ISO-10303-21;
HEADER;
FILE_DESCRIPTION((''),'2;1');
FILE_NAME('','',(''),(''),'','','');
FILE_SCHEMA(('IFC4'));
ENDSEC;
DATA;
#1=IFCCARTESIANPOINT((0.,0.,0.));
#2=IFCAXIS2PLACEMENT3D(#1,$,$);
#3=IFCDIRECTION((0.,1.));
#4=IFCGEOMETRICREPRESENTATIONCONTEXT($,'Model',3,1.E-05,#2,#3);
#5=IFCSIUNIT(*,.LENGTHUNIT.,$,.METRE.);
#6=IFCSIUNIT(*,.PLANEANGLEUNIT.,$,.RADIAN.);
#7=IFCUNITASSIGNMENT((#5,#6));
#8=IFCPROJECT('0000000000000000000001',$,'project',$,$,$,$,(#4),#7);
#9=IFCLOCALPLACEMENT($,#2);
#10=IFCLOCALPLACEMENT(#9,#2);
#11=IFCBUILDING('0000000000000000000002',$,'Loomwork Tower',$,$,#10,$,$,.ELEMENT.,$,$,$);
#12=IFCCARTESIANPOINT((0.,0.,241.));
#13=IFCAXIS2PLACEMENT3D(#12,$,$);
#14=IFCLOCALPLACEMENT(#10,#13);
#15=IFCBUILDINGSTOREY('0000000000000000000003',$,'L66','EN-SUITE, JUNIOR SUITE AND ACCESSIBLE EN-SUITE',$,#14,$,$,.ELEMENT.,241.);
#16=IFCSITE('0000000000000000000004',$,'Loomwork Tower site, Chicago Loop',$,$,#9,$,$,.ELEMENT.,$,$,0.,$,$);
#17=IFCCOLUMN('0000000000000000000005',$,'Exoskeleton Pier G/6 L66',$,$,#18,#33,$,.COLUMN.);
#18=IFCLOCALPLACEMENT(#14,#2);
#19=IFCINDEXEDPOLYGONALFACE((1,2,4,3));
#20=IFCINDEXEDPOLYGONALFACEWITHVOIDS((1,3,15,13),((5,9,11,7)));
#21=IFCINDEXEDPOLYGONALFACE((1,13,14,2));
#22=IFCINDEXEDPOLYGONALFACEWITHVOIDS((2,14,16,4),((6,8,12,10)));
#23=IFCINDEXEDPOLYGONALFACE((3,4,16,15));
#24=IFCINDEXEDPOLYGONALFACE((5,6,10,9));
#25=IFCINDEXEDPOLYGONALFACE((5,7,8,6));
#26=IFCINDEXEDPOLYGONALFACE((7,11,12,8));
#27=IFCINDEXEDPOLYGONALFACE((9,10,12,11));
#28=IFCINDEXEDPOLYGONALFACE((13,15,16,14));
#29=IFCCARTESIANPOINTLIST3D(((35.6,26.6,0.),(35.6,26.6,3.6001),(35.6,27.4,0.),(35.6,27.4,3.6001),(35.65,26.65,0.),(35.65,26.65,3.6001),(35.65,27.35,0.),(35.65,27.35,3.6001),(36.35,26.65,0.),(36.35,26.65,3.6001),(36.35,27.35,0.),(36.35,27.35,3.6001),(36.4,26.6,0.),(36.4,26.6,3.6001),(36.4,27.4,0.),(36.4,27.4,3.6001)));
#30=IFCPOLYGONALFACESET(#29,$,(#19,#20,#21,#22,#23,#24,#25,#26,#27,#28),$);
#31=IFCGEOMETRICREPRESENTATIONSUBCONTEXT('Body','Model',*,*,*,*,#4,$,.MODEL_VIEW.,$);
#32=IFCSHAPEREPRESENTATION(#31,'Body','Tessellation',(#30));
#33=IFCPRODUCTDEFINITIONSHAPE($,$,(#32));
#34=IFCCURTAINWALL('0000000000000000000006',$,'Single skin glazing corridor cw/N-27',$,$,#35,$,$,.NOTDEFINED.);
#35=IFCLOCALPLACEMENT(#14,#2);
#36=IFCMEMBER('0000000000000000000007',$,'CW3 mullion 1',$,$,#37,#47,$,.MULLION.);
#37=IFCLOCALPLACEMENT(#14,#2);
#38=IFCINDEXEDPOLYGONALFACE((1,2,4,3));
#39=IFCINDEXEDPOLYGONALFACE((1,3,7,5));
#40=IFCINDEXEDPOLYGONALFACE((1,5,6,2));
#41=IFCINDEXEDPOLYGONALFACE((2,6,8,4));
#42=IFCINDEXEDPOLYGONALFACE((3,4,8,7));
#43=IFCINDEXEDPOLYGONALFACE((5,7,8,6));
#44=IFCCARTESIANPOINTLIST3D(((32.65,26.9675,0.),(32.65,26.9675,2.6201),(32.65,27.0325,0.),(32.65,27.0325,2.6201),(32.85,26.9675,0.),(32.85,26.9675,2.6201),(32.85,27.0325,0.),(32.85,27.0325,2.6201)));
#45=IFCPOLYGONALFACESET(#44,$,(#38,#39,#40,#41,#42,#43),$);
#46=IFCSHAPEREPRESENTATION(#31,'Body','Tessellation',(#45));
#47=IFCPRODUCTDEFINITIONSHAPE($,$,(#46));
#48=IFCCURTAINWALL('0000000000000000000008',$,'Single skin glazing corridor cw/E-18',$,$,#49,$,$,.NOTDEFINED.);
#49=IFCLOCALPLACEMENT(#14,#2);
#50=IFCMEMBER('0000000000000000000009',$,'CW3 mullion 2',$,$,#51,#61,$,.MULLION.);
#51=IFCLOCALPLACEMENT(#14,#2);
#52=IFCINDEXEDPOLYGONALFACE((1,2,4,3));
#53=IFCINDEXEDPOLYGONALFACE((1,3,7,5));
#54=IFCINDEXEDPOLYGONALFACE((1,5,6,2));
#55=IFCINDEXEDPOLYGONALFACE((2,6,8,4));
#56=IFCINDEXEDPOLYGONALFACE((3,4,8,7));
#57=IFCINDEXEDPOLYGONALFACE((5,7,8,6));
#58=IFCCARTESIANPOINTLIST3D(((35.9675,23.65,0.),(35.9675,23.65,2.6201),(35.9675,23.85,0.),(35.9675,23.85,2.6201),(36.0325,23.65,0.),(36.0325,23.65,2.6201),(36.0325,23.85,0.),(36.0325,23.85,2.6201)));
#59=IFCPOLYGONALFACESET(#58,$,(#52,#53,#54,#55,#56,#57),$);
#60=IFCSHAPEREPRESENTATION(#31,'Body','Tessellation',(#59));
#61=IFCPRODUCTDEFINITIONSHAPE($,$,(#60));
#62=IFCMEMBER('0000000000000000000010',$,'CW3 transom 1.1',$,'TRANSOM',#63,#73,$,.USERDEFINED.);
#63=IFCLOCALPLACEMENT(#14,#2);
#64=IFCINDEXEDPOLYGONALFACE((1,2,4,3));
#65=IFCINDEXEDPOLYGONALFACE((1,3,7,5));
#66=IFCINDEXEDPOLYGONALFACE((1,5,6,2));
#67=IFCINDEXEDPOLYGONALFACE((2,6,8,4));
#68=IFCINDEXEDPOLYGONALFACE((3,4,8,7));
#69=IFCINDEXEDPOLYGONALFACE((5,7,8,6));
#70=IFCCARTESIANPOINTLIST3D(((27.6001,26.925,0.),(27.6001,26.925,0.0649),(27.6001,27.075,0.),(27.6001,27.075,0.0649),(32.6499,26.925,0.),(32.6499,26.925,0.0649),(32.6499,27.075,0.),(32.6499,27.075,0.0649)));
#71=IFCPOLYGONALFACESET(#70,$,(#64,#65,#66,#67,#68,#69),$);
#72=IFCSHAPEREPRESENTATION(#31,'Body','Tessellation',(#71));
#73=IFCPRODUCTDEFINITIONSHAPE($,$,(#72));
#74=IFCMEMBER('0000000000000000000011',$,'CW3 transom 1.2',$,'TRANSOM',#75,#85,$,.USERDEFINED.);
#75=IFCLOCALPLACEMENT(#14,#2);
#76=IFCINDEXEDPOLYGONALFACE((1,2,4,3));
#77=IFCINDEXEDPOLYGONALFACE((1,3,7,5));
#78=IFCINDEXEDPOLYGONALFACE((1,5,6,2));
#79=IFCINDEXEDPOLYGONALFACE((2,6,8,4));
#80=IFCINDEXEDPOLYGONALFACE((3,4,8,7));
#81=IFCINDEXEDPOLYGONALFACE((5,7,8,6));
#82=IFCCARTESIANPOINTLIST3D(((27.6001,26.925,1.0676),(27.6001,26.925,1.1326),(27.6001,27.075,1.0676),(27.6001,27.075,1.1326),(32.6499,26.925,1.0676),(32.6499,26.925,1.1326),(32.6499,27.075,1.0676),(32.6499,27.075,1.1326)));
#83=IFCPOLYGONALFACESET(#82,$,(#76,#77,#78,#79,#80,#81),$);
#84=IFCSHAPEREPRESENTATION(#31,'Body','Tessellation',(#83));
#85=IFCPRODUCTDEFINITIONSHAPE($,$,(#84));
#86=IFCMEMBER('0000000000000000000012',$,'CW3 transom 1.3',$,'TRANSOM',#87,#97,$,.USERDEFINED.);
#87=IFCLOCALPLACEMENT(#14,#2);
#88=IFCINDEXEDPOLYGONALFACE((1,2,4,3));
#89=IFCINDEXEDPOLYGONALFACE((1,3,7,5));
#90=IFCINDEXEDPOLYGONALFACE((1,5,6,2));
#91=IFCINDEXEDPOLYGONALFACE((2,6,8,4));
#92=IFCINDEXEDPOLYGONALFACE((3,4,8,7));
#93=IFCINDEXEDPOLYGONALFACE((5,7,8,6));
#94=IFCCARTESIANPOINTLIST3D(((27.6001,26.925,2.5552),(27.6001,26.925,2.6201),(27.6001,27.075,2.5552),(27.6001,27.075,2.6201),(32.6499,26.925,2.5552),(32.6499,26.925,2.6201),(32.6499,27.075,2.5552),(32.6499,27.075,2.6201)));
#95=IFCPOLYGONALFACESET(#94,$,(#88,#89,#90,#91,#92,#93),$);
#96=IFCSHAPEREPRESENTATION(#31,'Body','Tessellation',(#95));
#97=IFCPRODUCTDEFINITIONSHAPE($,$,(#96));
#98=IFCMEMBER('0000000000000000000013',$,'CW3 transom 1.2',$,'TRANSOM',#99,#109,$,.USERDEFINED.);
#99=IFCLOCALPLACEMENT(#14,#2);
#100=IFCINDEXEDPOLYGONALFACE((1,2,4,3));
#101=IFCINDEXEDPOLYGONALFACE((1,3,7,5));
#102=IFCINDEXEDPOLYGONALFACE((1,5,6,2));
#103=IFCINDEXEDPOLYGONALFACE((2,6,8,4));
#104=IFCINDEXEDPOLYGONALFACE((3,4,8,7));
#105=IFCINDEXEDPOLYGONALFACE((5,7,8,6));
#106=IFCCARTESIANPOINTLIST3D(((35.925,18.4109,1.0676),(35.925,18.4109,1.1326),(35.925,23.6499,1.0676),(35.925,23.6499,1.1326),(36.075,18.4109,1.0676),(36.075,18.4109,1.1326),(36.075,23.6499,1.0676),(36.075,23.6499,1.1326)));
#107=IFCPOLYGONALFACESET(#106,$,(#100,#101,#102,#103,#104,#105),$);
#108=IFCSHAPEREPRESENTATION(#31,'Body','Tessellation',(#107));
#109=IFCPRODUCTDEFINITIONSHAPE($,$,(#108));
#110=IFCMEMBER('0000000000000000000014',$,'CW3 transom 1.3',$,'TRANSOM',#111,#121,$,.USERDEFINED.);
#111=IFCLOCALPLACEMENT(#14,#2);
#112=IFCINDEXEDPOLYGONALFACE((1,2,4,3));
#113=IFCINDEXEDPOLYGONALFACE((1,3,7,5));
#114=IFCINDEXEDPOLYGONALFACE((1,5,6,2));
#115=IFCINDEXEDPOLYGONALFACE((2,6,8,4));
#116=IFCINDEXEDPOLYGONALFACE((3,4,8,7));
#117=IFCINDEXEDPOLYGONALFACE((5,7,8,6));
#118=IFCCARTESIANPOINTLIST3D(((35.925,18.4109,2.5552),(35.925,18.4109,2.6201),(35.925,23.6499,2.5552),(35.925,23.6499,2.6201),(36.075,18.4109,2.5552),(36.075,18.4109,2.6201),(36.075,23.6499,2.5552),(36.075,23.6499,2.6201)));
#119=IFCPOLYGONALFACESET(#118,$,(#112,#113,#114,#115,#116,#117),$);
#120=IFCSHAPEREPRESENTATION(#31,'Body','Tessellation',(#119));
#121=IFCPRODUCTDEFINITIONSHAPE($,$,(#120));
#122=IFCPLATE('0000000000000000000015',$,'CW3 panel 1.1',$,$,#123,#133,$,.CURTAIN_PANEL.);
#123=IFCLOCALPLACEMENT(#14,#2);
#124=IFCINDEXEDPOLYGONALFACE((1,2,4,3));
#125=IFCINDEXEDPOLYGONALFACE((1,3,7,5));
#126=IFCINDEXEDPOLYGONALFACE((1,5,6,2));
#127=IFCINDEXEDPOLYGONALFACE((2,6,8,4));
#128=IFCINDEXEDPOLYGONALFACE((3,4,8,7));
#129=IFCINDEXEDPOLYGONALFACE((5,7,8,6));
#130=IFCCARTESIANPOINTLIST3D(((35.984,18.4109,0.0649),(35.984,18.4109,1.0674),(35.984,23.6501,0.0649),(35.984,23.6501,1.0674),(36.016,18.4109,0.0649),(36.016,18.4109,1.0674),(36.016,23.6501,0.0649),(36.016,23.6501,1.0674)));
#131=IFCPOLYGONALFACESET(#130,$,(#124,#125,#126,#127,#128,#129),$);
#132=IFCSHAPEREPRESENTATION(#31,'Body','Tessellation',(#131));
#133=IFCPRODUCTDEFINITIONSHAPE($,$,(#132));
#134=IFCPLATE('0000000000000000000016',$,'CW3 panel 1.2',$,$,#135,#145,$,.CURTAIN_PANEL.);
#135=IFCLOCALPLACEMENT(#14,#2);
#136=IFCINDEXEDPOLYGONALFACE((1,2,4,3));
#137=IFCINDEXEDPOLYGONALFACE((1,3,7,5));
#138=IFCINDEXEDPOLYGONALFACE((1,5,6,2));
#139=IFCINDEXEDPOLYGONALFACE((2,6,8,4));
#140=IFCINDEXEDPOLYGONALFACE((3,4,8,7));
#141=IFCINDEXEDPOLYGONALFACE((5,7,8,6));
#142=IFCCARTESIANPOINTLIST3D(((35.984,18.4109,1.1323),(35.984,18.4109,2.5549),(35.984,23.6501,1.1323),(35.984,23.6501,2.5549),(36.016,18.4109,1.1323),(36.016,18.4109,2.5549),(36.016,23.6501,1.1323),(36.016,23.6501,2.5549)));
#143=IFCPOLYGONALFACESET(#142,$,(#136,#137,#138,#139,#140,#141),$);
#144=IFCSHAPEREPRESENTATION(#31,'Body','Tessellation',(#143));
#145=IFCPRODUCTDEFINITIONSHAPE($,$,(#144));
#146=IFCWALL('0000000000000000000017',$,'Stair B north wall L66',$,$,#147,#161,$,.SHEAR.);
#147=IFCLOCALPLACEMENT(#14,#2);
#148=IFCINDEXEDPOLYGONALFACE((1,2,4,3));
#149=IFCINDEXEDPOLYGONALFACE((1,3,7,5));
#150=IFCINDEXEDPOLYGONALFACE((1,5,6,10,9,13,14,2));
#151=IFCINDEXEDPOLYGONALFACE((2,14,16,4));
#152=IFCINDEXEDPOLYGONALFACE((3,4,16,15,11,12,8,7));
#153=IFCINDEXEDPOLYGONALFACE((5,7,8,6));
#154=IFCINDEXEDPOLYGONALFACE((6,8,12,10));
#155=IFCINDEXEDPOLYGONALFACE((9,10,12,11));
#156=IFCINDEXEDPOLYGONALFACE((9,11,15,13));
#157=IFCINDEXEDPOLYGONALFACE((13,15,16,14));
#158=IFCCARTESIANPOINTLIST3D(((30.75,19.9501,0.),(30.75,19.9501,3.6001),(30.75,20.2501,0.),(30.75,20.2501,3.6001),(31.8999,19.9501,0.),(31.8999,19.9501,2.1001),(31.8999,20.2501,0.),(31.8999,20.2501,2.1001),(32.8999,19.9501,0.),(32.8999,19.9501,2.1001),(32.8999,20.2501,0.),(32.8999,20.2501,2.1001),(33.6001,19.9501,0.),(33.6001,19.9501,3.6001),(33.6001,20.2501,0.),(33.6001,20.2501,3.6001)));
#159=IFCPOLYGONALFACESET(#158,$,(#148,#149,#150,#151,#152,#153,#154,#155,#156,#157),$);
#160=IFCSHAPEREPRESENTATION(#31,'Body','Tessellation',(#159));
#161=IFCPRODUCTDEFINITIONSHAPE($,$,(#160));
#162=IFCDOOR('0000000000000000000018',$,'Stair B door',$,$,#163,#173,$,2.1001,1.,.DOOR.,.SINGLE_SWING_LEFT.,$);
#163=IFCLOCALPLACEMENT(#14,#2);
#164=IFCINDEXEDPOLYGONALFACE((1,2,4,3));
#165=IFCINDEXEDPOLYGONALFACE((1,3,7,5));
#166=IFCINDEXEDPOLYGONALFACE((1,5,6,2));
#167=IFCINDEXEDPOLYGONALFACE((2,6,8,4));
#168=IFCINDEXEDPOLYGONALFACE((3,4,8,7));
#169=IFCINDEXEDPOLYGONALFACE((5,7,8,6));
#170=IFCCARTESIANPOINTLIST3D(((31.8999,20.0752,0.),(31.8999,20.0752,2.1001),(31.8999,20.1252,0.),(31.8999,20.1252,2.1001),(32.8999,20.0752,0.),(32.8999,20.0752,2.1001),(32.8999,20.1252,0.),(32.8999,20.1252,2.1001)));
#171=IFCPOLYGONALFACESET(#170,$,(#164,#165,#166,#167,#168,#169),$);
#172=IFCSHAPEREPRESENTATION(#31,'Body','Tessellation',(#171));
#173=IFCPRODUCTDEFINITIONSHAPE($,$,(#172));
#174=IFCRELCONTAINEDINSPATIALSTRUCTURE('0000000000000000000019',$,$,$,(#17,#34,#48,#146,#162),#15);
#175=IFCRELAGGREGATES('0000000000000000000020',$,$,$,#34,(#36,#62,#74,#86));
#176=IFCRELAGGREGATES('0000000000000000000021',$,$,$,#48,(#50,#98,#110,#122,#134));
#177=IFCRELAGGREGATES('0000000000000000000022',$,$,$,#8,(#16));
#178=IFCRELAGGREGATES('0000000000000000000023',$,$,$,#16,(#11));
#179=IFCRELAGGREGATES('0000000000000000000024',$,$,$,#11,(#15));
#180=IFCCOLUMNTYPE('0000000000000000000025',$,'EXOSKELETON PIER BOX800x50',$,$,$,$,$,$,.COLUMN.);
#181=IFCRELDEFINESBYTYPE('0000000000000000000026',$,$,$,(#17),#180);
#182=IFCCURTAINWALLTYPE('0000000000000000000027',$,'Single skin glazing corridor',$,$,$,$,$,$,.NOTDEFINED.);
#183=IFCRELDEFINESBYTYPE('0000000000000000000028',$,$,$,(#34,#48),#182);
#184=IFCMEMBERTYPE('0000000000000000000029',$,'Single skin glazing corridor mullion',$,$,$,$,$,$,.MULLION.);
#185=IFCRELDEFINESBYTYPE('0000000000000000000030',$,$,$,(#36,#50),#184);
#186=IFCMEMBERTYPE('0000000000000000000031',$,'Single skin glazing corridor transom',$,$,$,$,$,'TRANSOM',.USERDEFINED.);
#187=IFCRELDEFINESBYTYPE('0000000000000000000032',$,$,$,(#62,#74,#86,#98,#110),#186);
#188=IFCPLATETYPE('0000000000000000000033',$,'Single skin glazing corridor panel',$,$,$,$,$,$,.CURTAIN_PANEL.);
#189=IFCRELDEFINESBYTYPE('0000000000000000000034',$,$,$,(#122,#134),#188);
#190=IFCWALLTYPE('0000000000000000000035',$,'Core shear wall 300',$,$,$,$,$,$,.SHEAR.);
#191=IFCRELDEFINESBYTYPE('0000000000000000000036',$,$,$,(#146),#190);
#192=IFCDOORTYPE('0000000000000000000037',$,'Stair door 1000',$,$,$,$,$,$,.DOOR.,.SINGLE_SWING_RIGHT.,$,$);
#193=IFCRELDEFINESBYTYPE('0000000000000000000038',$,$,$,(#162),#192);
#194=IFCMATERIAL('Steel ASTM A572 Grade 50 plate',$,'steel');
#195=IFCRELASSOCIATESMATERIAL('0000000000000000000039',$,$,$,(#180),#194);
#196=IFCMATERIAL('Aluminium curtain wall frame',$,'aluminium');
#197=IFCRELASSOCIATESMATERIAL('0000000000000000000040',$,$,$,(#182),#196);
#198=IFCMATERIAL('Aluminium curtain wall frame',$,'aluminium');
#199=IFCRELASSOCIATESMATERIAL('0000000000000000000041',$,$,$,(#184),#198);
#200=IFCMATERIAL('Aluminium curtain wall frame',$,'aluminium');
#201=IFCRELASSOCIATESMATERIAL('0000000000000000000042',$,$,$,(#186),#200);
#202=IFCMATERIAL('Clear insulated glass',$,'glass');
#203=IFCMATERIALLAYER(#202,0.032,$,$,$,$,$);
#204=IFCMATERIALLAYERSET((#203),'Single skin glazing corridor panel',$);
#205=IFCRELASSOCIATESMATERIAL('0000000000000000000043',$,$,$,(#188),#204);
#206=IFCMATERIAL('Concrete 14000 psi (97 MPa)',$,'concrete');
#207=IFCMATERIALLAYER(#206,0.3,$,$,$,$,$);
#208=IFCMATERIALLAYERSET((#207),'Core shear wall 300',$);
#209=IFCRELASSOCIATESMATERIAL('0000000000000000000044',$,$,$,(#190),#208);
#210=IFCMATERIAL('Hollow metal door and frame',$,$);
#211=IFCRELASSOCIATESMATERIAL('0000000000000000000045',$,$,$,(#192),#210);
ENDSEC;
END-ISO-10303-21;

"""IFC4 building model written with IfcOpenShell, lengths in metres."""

from ifc_helpers import new_model, si_unit, direction, frame, frame_2d, origin, origin_2d, place, context, subcontext, project, spatial, rectangle, hollow_rectangle, extrude, material, layer, layer_set, material_profile, profile_set, type_object, element, fill, aggregate, save


model = new_model("IFC4")

# Units and contexts
model_context = context("Model", 3, precision=1e-05, world=origin(), true_north=direction((0.0, 1.0)))
body_context = subcontext(model_context, "Body", "Model", "MODEL_VIEW")
ifc_project = project(units=[si_unit("LENGTHUNIT", "METRE"), si_unit("PLANEANGLEUNIT", "RADIAN")], contexts=[model_context])

# Site, building, storey
site_placement = place(None, origin())
site = spatial("IfcSite", under=ifc_project, at=site_placement, Name="Loomwork Tower site, Chicago Loop", CompositionType="ELEMENT", RefElevation=0.0)
building_placement = place(site_placement, origin())
building = spatial("IfcBuilding", under=site, at=building_placement, Name="Loomwork Tower", CompositionType="ELEMENT")
storey_placement = place(building_placement, frame((0.0, 0.0, 241.0)))
storey = spatial("IfcBuildingStorey", under=building, at=storey_placement, Name="L66", Description="EN-SUITE, JUNIOR SUITE AND ACCESSIBLE EN-SUITE", CompositionType="ELEMENT", Elevation=241.0)

# Column
ifc_material_1 = material(Name="Steel ASTM A572 Grade 50 plate", Category="steel")
ifc_material_profile_1 = material_profile(ifc_material_1, hollow_rectangle(XDim=0.8, YDim=0.8, WallThickness=0.05, at=origin_2d()), Name="BOX800x50")
ifc_profile_set_1 = profile_set([ifc_material_profile_1], Name="Steel ASTM A572 Grade 50 plate")
column_type = type_object("IfcColumnType", Name="EXOSKELETON PIER BOX800x50", PredefinedType="COLUMN", material=ifc_profile_set_1)
column_placement = place(storey_placement, frame((36.0, 27.0, 0.0), z_axis=(0.0, 0.0, 1.0), x_axis=(1.0, 0.0, 0.0)))
element("IfcColumn", 1, at=column_placement, inside=storey, type_object=column_type, Name="Exoskeleton Pier G/6 L66", PredefinedType="COLUMN", context=body_context, shape_type="SweptSolid", body=[
    extrude(hollow_rectangle(XDim=0.8, YDim=0.8, WallThickness=0.05, at=origin_2d()), origin(), (0.0, 0.0, 1.0), 3.6001),
])

# Curtain walls, members
ifc_material_2 = material(Name="Aluminium curtain wall frame", Category="aluminium")
curtain_wall_type = type_object("IfcCurtainWallType", Name="Single skin glazing corridor", PredefinedType="NOTDEFINED", material=ifc_material_2)
curtain_wall_1_placement = place(storey_placement, origin())
curtain_wall_1 = element("IfcCurtainWall", 2, at=curtain_wall_1_placement, inside=storey, type_object=curtain_wall_type, Name="Single skin glazing corridor cw/N-27", PredefinedType="NOTDEFINED")
ifc_material_3 = material(Name="Aluminium curtain wall frame", Category="aluminium")
ifc_material_profile_2 = material_profile(ifc_material_3, rectangle(XDim=0.0649, YDim=0.2, at=origin_2d()), Name="AL 65x200")
ifc_profile_set_2 = profile_set([ifc_material_profile_2], Name="Aluminium curtain wall frame")
member_type_1 = type_object("IfcMemberType", Name="Single skin glazing corridor mullion", PredefinedType="MULLION", material=ifc_profile_set_2)
member_1_placement = place(storey_placement, frame((32.75, 27.0, 0.0), z_axis=(0.0, 0.0, 1.0), x_axis=(0.0, -1.0, 0.0)))
member_1 = element("IfcMember", 3, at=member_1_placement, type_object=member_type_1, Name="CW3 mullion 1", PredefinedType="MULLION", context=body_context, shape_type="SweptSolid", body=[
    extrude(rectangle(XDim=0.0649, YDim=0.2, at=origin_2d()), origin(), (0.0, 0.0, 1.0), 2.6201),
])
curtain_wall_2_placement = place(storey_placement, origin())
curtain_wall_2 = element("IfcCurtainWall", 4, at=curtain_wall_2_placement, inside=storey, type_object=curtain_wall_type, Name="Single skin glazing corridor cw/E-18", PredefinedType="NOTDEFINED")
member_2_placement = place(storey_placement, frame((36.0, 23.75, 0.0), z_axis=(0.0, 0.0, 1.0), x_axis=(-1.0, 0.0, 0.0)))
member_2 = element("IfcMember", 5, at=member_2_placement, type_object=member_type_1, Name="CW3 mullion 2", PredefinedType="MULLION", context=body_context, shape_type="SweptSolid", body=[
    extrude(rectangle(XDim=0.0649, YDim=0.2, at=origin_2d()), origin(), (0.0, 0.0, 1.0), 2.6201),
])

# Members
ifc_material_4 = material(Name="Aluminium curtain wall frame", Category="aluminium")
ifc_material_profile_3 = material_profile(ifc_material_4, rectangle(XDim=0.1499, YDim=0.0649, at=origin_2d()), Name="AL 65x150")
ifc_profile_set_3 = profile_set([ifc_material_profile_3], Name="Aluminium curtain wall frame")
member_type_2 = type_object("IfcMemberType", Name="Single skin glazing corridor transom", ElementType="TRANSOM", PredefinedType="USERDEFINED", material=ifc_profile_set_3)
member_3_placement = place(storey_placement, frame((32.6499, 27.0, 0.0325), z_axis=(-1.0, 0.0, 0.0), x_axis=(0.0, -1.0, 0.0)))
member_3 = element("IfcMember", 6, at=member_3_placement, type_object=member_type_2, Name="CW3 transom 1.1", ObjectType="TRANSOM", PredefinedType="USERDEFINED", context=body_context, shape_type="SweptSolid", body=[
    extrude(rectangle(XDim=0.1499, YDim=0.0649, at=origin_2d()), origin(), (0.0, 0.0, 1.0), 5.0498),
])
member_4_placement = place(storey_placement, frame((32.6499, 27.0, 1.1001), z_axis=(-1.0, 0.0, 0.0), x_axis=(0.0, -1.0, 0.0)))
member_4 = element("IfcMember", 7, at=member_4_placement, type_object=member_type_2, Name="CW3 transom 1.2", ObjectType="TRANSOM", PredefinedType="USERDEFINED", context=body_context, shape_type="SweptSolid", body=[
    extrude(rectangle(XDim=0.1499, YDim=0.0649, at=origin_2d()), origin(), (0.0, 0.0, 1.0), 5.0498),
])
member_5_placement = place(storey_placement, frame((32.6499, 27.0, 2.5876), z_axis=(-1.0, 0.0, 0.0), x_axis=(0.0, -1.0, 0.0)))
member_5 = element("IfcMember", 8, at=member_5_placement, type_object=member_type_2, Name="CW3 transom 1.3", ObjectType="TRANSOM", PredefinedType="USERDEFINED", context=body_context, shape_type="SweptSolid", body=[
    extrude(rectangle(XDim=0.1499, YDim=0.0649, at=origin_2d()), origin(), (0.0, 0.0, 1.0), 5.0498),
])
aggregate(curtain_wall_1, [member_1, member_3, member_4, member_5])
member_6_placement = place(storey_placement, frame((36.0, 18.4109, 1.1001), z_axis=(0.0, 1.0, 0.0), x_axis=(-1.0, 0.0, 0.0)))
member_6 = element("IfcMember", 9, at=member_6_placement, type_object=member_type_2, Name="CW3 transom 1.2", ObjectType="TRANSOM", PredefinedType="USERDEFINED", context=body_context, shape_type="SweptSolid", body=[
    extrude(rectangle(XDim=0.1499, YDim=0.0649, at=origin_2d()), origin(), (0.0, 0.0, 1.0), 5.239),
])
member_7_placement = place(storey_placement, frame((36.0, 18.4109, 2.5876), z_axis=(0.0, 1.0, 0.0), x_axis=(-1.0, 0.0, 0.0)))
member_7 = element("IfcMember", 10, at=member_7_placement, type_object=member_type_2, Name="CW3 transom 1.3", ObjectType="TRANSOM", PredefinedType="USERDEFINED", context=body_context, shape_type="SweptSolid", body=[
    extrude(rectangle(XDim=0.1499, YDim=0.0649, at=origin_2d()), origin(), (0.0, 0.0, 1.0), 5.239),
])

# Plates
ifc_material_5 = material(Name="Clear insulated glass", Category="glass")
ifc_layer_1 = layer(ifc_material_5, 0.032)
ifc_layer_set_1 = layer_set([ifc_layer_1], Name="Single skin glazing corridor panel")
plate_type = type_object("IfcPlateType", Name="Single skin glazing corridor panel", PredefinedType="CURTAIN_PANEL", material=ifc_layer_set_1)
plate_1_placement = place(storey_placement, frame((36.0, 21.0305, 0.0649), z_axis=(0.0, 0.0, 1.0), x_axis=(0.0, 1.0, 0.0)))
plate_1 = element("IfcPlate", 11, at=plate_1_placement, type_object=plate_type, Name="CW3 panel 1.1", PredefinedType="CURTAIN_PANEL", context=body_context, shape_type="SweptSolid", body=[
    extrude(rectangle(XDim=5.2393, YDim=0.032, at=origin_2d()), origin(), (0.0, 0.0, 1.0), 1.0024),
])
plate_2_placement = place(storey_placement, frame((36.0, 21.0305, 1.1323), z_axis=(0.0, 0.0, 1.0), x_axis=(0.0, 1.0, 0.0)))
plate_2 = element("IfcPlate", 12, at=plate_2_placement, type_object=plate_type, Name="CW3 panel 1.2", PredefinedType="CURTAIN_PANEL", context=body_context, shape_type="SweptSolid", body=[
    extrude(rectangle(XDim=5.2393, YDim=0.032, at=origin_2d()), origin(), (0.0, 0.0, 1.0), 1.4226),
])
aggregate(curtain_wall_2, [member_2, member_6, member_7, plate_1, plate_2])

# Wall, opening, door
ifc_material_6 = material(Name="Concrete 14000 psi (97 MPa)", Category="concrete")
ifc_layer_2 = layer(ifc_material_6, 0.3)
ifc_layer_set_2 = layer_set([ifc_layer_2], Name="Core shear wall 300")
wall_type_1 = type_object("IfcWallType", Name="Core shear wall 300", PredefinedType="SHEAR", material=ifc_layer_set_2)
wall_1_placement = place(storey_placement, frame((30.75, 20.1001, 0.0), z_axis=(0.0, 0.0, 1.0), x_axis=(1.0, 0.0, 0.0)))
wall_1 = element("IfcWall", 13, at=wall_1_placement, inside=storey, type_object=wall_type_1, Name="Stair B north wall L66", PredefinedType="SHEAR", context=body_context, shape_type="SweptSolid", body=[
    extrude(rectangle(XDim=2.8501, YDim=0.3, at=frame_2d((1.425, 0.0))), origin(), (0.0, 0.0, 1.0), 3.6001),
])
opening_1_placement = place(wall_1_placement, frame((1.1499, 0.0, 0.0)))
opening_1 = element("IfcOpeningElement", 14, at=opening_1_placement, cuts=wall_1, PredefinedType="OPENING", context=body_context, shape_type="SweptSolid", body=[
    extrude(rectangle(XDim=1.0, YDim=2.1001, at=frame_2d((0.5, 1.05))), frame((0.0, 0.1599, 0.0), z_axis=(0.0, -1.0, 0.0), x_axis=(1.0, 0.0, 0.0)), (0.0, 0.0, 1.0), 0.3201),
])
ifc_material_7 = material(Name="Hollow metal door and frame")
door_type = type_object("IfcDoorType", Name="Stair door 1000", OperationType="SINGLE_SWING_RIGHT", PredefinedType="DOOR", material=ifc_material_7)
door_placement = place(opening_1_placement, frame((1.0, 0.0, 0.0), z_axis=(0.0, 0.0, 1.0), x_axis=(-1.0, 0.0, 0.0)))
door = element("IfcDoor", 15, at=door_placement, inside=storey, type_object=door_type, Name="Stair B door", OperationType="SINGLE_SWING_LEFT", OverallHeight=2.1001, OverallWidth=1.0, PredefinedType="DOOR", context=body_context, shape_type="SweptSolid", body=[
    extrude(rectangle(XDim=1.0, YDim=2.1001, at=frame_2d((0.5, 1.05))), frame((0.0, 0.0249, 0.0), z_axis=(0.0, -1.0, 0.0), x_axis=(1.0, 0.0, 0.0)), (0.0, 0.0, 1.0), 0.05),
])
fill(opening_1, door)

save(model, "model.ifc")
